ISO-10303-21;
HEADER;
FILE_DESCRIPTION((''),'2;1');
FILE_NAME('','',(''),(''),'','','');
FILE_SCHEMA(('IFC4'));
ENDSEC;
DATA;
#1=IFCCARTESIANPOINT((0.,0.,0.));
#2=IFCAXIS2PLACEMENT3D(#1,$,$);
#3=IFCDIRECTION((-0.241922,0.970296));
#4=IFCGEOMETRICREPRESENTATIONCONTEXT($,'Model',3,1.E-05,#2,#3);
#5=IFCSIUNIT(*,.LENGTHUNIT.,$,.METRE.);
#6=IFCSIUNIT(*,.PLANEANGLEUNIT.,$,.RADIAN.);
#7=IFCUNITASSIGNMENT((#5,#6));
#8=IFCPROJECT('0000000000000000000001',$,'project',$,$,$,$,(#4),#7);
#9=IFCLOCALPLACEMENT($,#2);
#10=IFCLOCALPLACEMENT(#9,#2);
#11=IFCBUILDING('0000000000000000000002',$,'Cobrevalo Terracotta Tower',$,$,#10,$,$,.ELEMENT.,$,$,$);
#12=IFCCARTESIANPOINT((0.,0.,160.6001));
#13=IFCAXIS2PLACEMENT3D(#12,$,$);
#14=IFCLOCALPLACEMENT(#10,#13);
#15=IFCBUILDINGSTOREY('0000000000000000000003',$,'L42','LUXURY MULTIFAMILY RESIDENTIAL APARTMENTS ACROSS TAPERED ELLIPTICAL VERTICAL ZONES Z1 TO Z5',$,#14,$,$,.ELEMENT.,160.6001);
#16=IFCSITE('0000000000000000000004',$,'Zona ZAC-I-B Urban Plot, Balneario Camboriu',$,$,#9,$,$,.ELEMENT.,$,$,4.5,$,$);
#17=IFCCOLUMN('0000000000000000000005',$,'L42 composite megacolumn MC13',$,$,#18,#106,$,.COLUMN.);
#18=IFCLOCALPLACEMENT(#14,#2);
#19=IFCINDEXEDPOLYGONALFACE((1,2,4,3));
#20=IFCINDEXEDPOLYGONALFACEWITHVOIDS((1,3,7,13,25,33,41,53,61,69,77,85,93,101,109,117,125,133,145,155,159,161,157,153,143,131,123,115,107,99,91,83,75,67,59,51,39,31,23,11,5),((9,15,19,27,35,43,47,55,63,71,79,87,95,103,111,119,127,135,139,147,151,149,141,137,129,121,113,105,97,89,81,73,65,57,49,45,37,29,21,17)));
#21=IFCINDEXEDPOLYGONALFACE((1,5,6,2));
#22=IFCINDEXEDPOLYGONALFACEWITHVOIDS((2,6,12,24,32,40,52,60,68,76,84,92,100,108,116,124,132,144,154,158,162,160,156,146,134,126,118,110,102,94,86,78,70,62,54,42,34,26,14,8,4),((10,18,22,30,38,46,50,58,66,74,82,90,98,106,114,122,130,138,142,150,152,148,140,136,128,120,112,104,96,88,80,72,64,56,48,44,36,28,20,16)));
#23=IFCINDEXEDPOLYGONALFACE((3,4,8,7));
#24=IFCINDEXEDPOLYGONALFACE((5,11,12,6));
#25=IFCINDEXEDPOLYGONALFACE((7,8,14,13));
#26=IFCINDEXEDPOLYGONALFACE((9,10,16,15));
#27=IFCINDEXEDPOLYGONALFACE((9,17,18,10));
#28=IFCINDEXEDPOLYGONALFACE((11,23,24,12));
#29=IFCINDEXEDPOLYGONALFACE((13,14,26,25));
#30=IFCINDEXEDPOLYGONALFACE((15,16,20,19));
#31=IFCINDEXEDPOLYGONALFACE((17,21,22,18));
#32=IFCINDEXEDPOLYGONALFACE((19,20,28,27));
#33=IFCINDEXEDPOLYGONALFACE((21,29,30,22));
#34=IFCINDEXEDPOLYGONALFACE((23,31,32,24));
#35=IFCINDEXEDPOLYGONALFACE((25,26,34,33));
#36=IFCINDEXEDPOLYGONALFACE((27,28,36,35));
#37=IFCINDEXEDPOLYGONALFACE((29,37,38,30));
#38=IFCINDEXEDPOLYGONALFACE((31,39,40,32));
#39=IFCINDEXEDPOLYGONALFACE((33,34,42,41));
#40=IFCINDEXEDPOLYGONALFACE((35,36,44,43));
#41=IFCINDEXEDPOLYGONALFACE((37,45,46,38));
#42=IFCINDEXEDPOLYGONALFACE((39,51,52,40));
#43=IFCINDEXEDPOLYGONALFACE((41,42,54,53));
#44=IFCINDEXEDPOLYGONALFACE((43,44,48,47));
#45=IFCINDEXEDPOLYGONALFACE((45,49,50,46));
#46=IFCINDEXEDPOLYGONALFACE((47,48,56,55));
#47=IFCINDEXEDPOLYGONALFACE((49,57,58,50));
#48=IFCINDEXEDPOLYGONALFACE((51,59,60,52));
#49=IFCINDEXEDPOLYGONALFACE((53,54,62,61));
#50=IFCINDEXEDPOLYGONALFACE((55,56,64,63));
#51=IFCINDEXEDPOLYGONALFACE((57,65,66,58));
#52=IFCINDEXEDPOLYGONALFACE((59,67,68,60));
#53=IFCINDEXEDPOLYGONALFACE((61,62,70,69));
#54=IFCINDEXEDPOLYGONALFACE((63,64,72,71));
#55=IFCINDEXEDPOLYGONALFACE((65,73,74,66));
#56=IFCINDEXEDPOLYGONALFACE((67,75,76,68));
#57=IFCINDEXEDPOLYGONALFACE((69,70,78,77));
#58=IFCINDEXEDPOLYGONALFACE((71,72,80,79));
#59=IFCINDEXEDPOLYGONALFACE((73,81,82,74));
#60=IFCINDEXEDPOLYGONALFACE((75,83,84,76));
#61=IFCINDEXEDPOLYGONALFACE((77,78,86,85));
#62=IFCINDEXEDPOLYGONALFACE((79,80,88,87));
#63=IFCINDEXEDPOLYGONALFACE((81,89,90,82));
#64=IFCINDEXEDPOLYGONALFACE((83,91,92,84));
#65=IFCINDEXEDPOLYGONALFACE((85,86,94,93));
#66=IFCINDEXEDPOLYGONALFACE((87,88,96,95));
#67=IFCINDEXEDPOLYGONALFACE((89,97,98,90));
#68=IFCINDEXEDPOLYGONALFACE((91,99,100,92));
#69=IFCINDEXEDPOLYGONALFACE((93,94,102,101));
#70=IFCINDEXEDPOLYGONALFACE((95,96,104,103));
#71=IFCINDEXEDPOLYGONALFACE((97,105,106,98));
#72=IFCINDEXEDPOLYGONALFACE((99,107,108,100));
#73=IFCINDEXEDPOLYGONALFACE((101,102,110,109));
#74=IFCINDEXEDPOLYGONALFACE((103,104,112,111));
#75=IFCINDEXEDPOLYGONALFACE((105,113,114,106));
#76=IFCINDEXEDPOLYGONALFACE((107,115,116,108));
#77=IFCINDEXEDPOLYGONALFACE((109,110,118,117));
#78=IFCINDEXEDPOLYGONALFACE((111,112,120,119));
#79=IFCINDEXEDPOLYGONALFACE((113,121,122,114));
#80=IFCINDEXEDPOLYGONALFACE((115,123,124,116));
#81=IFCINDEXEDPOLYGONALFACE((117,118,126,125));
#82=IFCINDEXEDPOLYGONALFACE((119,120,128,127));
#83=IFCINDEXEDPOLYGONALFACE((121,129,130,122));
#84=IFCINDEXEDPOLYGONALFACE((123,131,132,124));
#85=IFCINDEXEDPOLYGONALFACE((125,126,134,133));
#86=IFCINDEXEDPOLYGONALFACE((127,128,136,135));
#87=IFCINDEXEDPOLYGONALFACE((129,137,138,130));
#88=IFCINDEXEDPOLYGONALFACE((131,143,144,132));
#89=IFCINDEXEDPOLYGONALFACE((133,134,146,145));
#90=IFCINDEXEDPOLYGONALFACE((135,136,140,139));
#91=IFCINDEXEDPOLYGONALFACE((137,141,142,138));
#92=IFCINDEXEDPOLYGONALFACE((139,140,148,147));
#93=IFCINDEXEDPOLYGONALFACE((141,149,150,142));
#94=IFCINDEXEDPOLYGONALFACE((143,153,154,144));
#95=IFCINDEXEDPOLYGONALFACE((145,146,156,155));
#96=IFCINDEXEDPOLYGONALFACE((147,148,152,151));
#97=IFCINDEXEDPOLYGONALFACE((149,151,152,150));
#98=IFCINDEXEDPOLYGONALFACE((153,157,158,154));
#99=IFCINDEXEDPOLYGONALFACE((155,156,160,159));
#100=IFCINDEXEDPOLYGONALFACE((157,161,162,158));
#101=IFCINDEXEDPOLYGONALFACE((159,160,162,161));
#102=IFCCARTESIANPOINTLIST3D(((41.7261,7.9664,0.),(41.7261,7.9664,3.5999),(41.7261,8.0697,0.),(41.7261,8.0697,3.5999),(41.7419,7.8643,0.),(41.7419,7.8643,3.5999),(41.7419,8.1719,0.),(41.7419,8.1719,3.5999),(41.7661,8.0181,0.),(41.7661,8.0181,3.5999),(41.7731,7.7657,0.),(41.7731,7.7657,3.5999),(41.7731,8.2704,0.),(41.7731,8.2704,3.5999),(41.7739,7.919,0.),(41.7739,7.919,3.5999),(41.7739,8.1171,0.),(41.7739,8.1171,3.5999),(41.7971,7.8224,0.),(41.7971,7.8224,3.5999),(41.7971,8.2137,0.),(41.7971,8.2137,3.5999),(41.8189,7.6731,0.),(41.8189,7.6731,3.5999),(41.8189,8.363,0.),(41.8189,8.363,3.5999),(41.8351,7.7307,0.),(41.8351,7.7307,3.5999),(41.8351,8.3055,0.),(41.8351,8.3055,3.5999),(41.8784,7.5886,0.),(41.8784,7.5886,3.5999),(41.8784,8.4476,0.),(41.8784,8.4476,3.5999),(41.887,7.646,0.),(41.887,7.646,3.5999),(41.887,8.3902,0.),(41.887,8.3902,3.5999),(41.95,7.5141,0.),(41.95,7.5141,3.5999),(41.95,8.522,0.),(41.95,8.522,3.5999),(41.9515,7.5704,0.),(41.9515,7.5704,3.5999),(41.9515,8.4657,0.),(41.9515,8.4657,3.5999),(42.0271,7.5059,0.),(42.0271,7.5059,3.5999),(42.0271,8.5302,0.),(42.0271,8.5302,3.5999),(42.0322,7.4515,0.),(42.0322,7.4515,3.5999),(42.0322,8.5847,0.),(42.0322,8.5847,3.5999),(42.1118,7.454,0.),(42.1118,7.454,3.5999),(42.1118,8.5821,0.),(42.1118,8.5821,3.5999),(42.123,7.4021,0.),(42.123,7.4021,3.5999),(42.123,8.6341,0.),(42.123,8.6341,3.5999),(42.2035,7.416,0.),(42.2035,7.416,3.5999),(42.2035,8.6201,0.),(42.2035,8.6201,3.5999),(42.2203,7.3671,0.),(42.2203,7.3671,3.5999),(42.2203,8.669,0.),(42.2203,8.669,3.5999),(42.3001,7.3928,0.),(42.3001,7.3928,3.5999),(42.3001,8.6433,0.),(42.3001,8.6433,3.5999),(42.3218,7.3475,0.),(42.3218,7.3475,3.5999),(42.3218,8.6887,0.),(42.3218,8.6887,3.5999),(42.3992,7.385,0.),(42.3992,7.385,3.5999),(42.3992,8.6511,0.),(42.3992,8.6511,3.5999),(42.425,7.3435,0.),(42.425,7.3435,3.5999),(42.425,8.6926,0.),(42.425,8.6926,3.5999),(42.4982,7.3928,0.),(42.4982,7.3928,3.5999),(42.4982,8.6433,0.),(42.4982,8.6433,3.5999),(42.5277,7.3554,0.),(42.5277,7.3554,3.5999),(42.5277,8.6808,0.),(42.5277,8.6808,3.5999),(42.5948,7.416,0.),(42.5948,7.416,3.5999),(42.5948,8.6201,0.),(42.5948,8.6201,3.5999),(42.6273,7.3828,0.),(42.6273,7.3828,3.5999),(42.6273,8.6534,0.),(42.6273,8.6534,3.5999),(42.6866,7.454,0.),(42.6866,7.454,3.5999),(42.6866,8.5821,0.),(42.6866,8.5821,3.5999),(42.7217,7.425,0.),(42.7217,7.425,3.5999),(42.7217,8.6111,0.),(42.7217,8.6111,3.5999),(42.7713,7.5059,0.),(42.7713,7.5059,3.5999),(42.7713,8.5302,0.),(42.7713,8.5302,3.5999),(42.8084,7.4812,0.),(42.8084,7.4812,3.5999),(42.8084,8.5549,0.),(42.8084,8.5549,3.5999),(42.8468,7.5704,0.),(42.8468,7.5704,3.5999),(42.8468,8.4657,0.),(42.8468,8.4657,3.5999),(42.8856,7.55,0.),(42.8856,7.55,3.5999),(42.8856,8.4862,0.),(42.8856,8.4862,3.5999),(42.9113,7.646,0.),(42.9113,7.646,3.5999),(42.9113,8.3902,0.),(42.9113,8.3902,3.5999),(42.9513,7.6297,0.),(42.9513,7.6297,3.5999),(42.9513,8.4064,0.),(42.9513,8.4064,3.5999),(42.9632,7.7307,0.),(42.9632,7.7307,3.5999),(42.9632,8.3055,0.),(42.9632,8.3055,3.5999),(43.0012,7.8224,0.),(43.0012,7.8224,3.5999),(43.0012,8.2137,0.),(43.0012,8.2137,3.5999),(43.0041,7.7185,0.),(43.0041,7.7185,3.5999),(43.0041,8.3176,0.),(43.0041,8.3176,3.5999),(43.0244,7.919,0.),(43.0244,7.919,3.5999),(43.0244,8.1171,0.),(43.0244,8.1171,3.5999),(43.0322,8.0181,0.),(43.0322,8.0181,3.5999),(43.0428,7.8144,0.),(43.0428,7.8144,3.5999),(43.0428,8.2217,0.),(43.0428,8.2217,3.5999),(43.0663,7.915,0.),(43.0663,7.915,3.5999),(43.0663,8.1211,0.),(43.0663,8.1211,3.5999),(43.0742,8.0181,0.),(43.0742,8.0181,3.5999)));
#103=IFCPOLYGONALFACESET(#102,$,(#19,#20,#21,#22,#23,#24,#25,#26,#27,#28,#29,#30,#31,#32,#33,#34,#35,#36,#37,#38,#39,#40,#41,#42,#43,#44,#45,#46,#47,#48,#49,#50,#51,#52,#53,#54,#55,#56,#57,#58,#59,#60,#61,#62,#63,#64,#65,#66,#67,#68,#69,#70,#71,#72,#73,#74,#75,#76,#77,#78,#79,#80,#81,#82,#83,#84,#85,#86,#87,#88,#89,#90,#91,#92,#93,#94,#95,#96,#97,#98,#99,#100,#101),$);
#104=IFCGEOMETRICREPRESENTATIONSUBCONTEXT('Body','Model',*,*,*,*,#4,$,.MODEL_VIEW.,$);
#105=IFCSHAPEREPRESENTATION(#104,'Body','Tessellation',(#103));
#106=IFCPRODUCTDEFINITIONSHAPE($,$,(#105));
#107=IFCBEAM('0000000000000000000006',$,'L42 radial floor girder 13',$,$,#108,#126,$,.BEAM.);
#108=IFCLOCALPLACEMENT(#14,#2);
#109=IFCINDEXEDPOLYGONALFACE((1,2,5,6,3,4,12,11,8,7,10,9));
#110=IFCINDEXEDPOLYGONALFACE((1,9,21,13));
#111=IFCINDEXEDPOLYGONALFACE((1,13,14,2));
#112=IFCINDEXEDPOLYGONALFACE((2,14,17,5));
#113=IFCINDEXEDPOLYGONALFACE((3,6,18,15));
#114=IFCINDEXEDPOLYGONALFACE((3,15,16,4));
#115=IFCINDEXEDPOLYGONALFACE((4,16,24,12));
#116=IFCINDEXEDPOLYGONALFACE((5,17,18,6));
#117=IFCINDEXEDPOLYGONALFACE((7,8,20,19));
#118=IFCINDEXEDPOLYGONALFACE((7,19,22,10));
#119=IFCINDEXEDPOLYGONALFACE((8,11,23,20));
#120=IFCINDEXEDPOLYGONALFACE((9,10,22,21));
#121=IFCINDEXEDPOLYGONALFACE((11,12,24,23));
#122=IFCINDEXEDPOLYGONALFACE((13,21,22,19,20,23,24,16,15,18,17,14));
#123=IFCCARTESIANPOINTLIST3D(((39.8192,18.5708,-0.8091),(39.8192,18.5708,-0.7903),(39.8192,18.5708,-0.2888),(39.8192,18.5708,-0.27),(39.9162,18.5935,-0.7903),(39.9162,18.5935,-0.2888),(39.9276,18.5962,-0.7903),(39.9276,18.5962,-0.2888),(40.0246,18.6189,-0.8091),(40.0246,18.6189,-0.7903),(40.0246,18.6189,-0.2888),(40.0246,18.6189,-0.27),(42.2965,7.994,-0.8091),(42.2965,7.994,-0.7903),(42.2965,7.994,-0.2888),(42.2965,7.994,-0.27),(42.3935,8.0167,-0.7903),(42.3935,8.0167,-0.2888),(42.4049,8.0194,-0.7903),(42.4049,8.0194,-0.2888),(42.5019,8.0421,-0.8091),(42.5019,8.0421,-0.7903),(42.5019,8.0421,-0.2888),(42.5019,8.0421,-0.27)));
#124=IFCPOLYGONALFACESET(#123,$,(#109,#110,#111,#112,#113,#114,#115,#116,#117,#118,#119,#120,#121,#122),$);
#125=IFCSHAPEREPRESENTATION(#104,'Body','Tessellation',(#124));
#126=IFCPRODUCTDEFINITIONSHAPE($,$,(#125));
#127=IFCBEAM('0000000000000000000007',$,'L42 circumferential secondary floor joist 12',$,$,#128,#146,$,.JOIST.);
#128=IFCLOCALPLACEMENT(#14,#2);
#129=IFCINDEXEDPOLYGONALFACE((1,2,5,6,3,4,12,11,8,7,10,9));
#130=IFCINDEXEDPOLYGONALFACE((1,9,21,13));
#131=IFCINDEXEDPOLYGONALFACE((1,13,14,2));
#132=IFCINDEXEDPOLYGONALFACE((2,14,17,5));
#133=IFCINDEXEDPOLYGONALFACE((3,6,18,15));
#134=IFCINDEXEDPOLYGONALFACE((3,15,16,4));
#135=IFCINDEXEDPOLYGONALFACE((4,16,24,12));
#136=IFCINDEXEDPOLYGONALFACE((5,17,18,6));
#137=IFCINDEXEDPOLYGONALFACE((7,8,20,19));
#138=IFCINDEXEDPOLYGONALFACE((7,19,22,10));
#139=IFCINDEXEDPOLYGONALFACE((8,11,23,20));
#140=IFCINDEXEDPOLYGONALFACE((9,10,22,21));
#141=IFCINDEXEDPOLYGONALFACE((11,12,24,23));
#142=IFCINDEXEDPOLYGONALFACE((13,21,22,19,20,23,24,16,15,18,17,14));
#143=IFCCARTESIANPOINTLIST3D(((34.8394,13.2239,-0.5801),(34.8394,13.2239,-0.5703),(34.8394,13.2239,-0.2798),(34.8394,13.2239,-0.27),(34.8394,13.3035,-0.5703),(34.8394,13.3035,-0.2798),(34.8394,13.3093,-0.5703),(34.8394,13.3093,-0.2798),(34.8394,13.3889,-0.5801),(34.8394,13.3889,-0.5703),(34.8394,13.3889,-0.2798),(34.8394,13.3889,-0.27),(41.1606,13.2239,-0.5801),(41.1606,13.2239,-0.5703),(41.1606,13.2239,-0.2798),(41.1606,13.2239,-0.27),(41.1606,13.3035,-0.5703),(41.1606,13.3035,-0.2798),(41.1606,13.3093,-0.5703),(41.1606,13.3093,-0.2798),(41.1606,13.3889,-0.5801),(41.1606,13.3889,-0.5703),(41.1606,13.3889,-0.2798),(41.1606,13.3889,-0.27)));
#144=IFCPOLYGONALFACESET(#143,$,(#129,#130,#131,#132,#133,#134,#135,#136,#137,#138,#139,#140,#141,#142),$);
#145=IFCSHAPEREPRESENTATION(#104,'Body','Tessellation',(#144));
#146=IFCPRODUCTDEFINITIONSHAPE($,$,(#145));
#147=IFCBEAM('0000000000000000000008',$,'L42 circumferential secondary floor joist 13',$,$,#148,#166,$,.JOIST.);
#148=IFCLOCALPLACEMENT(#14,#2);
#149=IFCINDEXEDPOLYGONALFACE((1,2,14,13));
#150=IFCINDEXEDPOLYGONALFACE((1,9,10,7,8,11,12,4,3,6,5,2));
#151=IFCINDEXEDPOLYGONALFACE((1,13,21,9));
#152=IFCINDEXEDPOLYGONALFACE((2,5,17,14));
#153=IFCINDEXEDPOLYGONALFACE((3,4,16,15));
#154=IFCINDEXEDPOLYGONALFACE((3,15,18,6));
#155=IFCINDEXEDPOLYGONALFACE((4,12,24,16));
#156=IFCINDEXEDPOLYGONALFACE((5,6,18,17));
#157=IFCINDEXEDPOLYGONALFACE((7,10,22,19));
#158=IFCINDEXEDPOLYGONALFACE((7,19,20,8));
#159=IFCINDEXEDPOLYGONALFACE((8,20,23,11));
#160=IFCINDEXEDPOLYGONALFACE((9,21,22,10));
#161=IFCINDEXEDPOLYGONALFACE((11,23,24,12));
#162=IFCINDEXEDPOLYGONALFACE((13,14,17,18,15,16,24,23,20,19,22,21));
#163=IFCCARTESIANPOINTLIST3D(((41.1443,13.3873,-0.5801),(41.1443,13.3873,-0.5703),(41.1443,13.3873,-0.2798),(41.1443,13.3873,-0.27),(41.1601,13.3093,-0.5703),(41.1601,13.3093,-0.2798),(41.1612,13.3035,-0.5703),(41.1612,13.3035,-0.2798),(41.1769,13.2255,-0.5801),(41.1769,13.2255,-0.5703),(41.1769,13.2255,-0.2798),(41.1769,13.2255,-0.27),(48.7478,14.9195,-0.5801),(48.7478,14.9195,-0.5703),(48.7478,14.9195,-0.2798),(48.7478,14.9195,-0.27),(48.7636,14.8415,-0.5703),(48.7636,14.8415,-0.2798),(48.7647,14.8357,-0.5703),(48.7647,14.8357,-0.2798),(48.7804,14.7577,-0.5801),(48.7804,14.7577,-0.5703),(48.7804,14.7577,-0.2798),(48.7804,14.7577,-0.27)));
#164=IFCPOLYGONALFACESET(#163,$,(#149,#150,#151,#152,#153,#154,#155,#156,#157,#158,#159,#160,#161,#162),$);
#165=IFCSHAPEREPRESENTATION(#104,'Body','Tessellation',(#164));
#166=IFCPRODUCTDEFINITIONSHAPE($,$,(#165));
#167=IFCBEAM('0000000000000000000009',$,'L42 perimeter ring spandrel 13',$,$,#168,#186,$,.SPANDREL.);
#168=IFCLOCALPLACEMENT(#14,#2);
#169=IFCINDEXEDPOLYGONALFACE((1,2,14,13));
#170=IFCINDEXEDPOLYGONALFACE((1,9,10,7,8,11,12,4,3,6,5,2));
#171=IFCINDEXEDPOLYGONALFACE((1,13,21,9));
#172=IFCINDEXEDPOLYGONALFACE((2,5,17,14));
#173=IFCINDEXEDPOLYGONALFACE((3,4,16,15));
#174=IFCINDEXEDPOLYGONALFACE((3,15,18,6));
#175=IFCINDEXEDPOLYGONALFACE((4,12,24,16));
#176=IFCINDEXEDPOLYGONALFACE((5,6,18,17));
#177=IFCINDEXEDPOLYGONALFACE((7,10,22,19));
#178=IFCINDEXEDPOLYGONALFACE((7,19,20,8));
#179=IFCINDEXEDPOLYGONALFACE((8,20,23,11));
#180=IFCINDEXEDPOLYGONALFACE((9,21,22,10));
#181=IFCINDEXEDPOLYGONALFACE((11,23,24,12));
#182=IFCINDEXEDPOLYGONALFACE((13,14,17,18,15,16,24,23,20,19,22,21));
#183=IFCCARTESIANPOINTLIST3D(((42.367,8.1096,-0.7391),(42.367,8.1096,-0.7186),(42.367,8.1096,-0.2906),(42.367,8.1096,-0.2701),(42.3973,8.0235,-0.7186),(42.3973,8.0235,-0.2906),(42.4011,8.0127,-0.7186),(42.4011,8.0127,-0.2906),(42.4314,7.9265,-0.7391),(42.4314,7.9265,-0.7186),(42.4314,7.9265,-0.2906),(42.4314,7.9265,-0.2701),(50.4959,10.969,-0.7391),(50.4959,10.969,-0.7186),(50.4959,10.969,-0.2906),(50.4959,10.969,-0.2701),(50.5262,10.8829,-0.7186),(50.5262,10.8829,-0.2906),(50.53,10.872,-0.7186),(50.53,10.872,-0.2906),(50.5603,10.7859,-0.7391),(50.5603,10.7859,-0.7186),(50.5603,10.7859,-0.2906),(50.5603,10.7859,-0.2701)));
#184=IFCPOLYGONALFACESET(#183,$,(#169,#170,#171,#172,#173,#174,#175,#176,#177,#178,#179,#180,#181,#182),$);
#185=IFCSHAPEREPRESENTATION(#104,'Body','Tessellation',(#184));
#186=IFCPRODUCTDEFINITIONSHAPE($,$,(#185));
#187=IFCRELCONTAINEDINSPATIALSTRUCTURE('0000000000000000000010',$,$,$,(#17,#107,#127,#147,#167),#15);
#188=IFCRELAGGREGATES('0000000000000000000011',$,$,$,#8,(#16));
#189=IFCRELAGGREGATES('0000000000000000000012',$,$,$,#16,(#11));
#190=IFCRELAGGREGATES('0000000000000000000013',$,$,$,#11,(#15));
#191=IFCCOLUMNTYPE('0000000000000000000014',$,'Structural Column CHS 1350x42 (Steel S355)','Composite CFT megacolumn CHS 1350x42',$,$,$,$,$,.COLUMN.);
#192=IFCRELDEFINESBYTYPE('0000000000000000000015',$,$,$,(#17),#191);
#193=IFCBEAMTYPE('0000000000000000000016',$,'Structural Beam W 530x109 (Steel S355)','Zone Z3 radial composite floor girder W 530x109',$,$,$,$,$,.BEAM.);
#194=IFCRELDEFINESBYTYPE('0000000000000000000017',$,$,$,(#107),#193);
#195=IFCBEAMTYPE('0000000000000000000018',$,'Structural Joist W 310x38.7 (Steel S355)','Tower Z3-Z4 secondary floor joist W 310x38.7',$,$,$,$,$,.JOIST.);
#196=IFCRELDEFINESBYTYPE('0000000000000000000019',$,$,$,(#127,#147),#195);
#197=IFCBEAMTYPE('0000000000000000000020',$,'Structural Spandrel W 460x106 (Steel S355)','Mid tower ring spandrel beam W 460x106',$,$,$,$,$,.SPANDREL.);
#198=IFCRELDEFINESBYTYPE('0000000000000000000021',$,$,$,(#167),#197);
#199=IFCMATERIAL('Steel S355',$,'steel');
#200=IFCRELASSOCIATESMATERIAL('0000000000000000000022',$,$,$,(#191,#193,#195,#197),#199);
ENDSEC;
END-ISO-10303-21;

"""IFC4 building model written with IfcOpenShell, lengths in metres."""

from ifc_helpers import new_model, si_unit, direction, frame, origin, origin_2d, place, context, subcontext, project, spatial, hollow_circle, i_section, extrude, material, material_profile, profile_set, type_object, element, save


model = new_model("IFC4")

# Units and contexts
model_context = context("Model", 3, precision=1e-05, world=origin(), true_north=direction((-0.241922, 0.970296)))
body_context = subcontext(model_context, "Body", "Model", "MODEL_VIEW")
ifc_project = project(units=[si_unit("LENGTHUNIT", "METRE"), si_unit("PLANEANGLEUNIT", "RADIAN")], contexts=[model_context])

# Site, building, storey
site_placement = place(None, origin())
site = spatial("IfcSite", under=ifc_project, at=site_placement, Name="Zona ZAC-I-B Urban Plot, Balneario Camboriu", CompositionType="ELEMENT", RefElevation=4.5)
building_placement = place(site_placement, origin())
building = spatial("IfcBuilding", under=site, at=building_placement, Name="Cobrevalo Terracotta Tower", CompositionType="ELEMENT")
storey_placement = place(building_placement, frame((0.0, 0.0, 160.6001)))
storey = spatial("IfcBuildingStorey", under=building, at=storey_placement, Name="L42", Description="LUXURY MULTIFAMILY RESIDENTIAL APARTMENTS ACROSS TAPERED ELLIPTICAL VERTICAL ZONES Z1 TO Z5", CompositionType="ELEMENT", Elevation=160.6001)

# Column
ifc_material_1 = material(Name="Steel S355", Category="steel")
ifc_material_profile_1 = material_profile(ifc_material_1, hollow_circle(Radius=0.675, WallThickness=0.042, at=origin_2d()), Name="CHS 1350x42")
ifc_profile_set_1 = profile_set([ifc_material_profile_1], Name="Steel S355")
column_type = type_object("IfcColumnType", Name="Structural Column CHS 1350x42 (Steel S355)", Description="Composite CFT megacolumn CHS 1350x42", PredefinedType="COLUMN", material=ifc_profile_set_1)
column_placement = place(storey_placement, frame((42.3992, 8.0181, 0.0), z_axis=(0.0, 0.0, 1.0), x_axis=(1.0, 0.0, 0.0)))
element("IfcColumn", 1, at=column_placement, inside=storey, type_object=column_type, Name="L42 composite megacolumn MC13", PredefinedType="COLUMN", context=body_context, shape_type="SweptSolid", body=[
    extrude(hollow_circle(Radius=0.675, WallThickness=0.042, at=origin_2d()), origin(), (0.0, 0.0, 1.0), 3.5999),
])

# Beams
ifc_material_profile_2 = material_profile(ifc_material_1, i_section(OverallWidth=0.2109, OverallDepth=0.5391, WebThickness=0.0117, FlangeThickness=0.0188, at=origin_2d()), Name="W 530x109")
ifc_profile_set_2 = profile_set([ifc_material_profile_2], Name="Steel S355")
beam_type_1 = type_object("IfcBeamType", Name="Structural Beam W 530x109 (Steel S355)", Description="Zone Z3 radial composite floor girder W 530x109", PredefinedType="BEAM", material=ifc_profile_set_2)
beam_1_placement = place(storey_placement, frame((42.3992, 8.0181, -0.5396), z_axis=(-0.228046, 0.97365, 0.0), x_axis=(-0.97365, -0.228046, 0.0)))
element("IfcBeam", 2, at=beam_1_placement, inside=storey, type_object=beam_type_1, Name="L42 radial floor girder 13", PredefinedType="BEAM", context=body_context, shape_type="SweptSolid", body=[
    extrude(i_section(OverallWidth=0.2109, OverallDepth=0.5391, WebThickness=0.0117, FlangeThickness=0.0188, at=origin_2d()), origin(), (0.0, 0.0, 1.0), 10.863),
])
ifc_material_profile_3 = material_profile(ifc_material_1, i_section(OverallWidth=0.165, OverallDepth=0.3101, WebThickness=0.0059, FlangeThickness=0.0098, at=origin_2d()), Name="W 310x38.7")
ifc_profile_set_3 = profile_set([ifc_material_profile_3], Name="Steel S355")
beam_type_2 = type_object("IfcBeamType", Name="Structural Joist W 310x38.7 (Steel S355)", Description="Tower Z3-Z4 secondary floor joist W 310x38.7", PredefinedType="JOIST", material=ifc_profile_set_3)
beam_2_placement = place(storey_placement, frame((34.8394, 13.3064, -0.425), z_axis=(1.0, 0.0, 0.0), x_axis=(0.0, 1.0, 0.0)))
element("IfcBeam", 3, at=beam_2_placement, inside=storey, type_object=beam_type_2, Name="L42 circumferential secondary floor joist 12", PredefinedType="JOIST", context=body_context, shape_type="SweptSolid", body=[
    extrude(i_section(OverallWidth=0.165, OverallDepth=0.3101, WebThickness=0.0059, FlangeThickness=0.0098, at=origin_2d()), origin(), (0.0, 0.0, 1.0), 6.3213),
])
beam_3_placement = place(storey_placement, frame((41.1606, 13.3064, -0.425), z_axis=(0.980294, 0.197544, 0.0), x_axis=(-0.197544, 0.980294, 0.0)))
element("IfcBeam", 4, at=beam_3_placement, inside=storey, type_object=beam_type_2, Name="L42 circumferential secondary floor joist 13", PredefinedType="JOIST", context=body_context, shape_type="SweptSolid", body=[
    extrude(i_section(OverallWidth=0.165, OverallDepth=0.3101, WebThickness=0.0059, FlangeThickness=0.0098, at=origin_2d()), origin(), (0.0, 0.0, 1.0), 7.7563),
])
ifc_material_profile_4 = material_profile(ifc_material_1, i_section(OverallWidth=0.1941, OverallDepth=0.469, WebThickness=0.0115, FlangeThickness=0.0205, at=origin_2d()), Name="W 460x106")
ifc_profile_set_4 = profile_set([ifc_material_profile_4], Name="Steel S355")
beam_type_3 = type_object("IfcBeamType", Name="Structural Spandrel W 460x106 (Steel S355)", Description="Mid tower ring spandrel beam W 460x106", PredefinedType="SPANDREL", material=ifc_profile_set_4)
beam_4_placement = place(storey_placement, frame((42.3992, 8.0181, -0.5046), z_axis=(0.943341, 0.331824, 0.0), x_axis=(-0.331824, 0.943341, 0.0)))
element("IfcBeam", 5, at=beam_4_placement, inside=storey, type_object=beam_type_3, Name="L42 perimeter ring spandrel 13", PredefinedType="SPANDREL", context=body_context, shape_type="SweptSolid", body=[
    extrude(i_section(OverallWidth=0.1941, OverallDepth=0.469, WebThickness=0.0115, FlangeThickness=0.0205, at=origin_2d()), origin(), (0.0, 0.0, 1.0), 8.6172),
])

save(model, "model.ifc")
